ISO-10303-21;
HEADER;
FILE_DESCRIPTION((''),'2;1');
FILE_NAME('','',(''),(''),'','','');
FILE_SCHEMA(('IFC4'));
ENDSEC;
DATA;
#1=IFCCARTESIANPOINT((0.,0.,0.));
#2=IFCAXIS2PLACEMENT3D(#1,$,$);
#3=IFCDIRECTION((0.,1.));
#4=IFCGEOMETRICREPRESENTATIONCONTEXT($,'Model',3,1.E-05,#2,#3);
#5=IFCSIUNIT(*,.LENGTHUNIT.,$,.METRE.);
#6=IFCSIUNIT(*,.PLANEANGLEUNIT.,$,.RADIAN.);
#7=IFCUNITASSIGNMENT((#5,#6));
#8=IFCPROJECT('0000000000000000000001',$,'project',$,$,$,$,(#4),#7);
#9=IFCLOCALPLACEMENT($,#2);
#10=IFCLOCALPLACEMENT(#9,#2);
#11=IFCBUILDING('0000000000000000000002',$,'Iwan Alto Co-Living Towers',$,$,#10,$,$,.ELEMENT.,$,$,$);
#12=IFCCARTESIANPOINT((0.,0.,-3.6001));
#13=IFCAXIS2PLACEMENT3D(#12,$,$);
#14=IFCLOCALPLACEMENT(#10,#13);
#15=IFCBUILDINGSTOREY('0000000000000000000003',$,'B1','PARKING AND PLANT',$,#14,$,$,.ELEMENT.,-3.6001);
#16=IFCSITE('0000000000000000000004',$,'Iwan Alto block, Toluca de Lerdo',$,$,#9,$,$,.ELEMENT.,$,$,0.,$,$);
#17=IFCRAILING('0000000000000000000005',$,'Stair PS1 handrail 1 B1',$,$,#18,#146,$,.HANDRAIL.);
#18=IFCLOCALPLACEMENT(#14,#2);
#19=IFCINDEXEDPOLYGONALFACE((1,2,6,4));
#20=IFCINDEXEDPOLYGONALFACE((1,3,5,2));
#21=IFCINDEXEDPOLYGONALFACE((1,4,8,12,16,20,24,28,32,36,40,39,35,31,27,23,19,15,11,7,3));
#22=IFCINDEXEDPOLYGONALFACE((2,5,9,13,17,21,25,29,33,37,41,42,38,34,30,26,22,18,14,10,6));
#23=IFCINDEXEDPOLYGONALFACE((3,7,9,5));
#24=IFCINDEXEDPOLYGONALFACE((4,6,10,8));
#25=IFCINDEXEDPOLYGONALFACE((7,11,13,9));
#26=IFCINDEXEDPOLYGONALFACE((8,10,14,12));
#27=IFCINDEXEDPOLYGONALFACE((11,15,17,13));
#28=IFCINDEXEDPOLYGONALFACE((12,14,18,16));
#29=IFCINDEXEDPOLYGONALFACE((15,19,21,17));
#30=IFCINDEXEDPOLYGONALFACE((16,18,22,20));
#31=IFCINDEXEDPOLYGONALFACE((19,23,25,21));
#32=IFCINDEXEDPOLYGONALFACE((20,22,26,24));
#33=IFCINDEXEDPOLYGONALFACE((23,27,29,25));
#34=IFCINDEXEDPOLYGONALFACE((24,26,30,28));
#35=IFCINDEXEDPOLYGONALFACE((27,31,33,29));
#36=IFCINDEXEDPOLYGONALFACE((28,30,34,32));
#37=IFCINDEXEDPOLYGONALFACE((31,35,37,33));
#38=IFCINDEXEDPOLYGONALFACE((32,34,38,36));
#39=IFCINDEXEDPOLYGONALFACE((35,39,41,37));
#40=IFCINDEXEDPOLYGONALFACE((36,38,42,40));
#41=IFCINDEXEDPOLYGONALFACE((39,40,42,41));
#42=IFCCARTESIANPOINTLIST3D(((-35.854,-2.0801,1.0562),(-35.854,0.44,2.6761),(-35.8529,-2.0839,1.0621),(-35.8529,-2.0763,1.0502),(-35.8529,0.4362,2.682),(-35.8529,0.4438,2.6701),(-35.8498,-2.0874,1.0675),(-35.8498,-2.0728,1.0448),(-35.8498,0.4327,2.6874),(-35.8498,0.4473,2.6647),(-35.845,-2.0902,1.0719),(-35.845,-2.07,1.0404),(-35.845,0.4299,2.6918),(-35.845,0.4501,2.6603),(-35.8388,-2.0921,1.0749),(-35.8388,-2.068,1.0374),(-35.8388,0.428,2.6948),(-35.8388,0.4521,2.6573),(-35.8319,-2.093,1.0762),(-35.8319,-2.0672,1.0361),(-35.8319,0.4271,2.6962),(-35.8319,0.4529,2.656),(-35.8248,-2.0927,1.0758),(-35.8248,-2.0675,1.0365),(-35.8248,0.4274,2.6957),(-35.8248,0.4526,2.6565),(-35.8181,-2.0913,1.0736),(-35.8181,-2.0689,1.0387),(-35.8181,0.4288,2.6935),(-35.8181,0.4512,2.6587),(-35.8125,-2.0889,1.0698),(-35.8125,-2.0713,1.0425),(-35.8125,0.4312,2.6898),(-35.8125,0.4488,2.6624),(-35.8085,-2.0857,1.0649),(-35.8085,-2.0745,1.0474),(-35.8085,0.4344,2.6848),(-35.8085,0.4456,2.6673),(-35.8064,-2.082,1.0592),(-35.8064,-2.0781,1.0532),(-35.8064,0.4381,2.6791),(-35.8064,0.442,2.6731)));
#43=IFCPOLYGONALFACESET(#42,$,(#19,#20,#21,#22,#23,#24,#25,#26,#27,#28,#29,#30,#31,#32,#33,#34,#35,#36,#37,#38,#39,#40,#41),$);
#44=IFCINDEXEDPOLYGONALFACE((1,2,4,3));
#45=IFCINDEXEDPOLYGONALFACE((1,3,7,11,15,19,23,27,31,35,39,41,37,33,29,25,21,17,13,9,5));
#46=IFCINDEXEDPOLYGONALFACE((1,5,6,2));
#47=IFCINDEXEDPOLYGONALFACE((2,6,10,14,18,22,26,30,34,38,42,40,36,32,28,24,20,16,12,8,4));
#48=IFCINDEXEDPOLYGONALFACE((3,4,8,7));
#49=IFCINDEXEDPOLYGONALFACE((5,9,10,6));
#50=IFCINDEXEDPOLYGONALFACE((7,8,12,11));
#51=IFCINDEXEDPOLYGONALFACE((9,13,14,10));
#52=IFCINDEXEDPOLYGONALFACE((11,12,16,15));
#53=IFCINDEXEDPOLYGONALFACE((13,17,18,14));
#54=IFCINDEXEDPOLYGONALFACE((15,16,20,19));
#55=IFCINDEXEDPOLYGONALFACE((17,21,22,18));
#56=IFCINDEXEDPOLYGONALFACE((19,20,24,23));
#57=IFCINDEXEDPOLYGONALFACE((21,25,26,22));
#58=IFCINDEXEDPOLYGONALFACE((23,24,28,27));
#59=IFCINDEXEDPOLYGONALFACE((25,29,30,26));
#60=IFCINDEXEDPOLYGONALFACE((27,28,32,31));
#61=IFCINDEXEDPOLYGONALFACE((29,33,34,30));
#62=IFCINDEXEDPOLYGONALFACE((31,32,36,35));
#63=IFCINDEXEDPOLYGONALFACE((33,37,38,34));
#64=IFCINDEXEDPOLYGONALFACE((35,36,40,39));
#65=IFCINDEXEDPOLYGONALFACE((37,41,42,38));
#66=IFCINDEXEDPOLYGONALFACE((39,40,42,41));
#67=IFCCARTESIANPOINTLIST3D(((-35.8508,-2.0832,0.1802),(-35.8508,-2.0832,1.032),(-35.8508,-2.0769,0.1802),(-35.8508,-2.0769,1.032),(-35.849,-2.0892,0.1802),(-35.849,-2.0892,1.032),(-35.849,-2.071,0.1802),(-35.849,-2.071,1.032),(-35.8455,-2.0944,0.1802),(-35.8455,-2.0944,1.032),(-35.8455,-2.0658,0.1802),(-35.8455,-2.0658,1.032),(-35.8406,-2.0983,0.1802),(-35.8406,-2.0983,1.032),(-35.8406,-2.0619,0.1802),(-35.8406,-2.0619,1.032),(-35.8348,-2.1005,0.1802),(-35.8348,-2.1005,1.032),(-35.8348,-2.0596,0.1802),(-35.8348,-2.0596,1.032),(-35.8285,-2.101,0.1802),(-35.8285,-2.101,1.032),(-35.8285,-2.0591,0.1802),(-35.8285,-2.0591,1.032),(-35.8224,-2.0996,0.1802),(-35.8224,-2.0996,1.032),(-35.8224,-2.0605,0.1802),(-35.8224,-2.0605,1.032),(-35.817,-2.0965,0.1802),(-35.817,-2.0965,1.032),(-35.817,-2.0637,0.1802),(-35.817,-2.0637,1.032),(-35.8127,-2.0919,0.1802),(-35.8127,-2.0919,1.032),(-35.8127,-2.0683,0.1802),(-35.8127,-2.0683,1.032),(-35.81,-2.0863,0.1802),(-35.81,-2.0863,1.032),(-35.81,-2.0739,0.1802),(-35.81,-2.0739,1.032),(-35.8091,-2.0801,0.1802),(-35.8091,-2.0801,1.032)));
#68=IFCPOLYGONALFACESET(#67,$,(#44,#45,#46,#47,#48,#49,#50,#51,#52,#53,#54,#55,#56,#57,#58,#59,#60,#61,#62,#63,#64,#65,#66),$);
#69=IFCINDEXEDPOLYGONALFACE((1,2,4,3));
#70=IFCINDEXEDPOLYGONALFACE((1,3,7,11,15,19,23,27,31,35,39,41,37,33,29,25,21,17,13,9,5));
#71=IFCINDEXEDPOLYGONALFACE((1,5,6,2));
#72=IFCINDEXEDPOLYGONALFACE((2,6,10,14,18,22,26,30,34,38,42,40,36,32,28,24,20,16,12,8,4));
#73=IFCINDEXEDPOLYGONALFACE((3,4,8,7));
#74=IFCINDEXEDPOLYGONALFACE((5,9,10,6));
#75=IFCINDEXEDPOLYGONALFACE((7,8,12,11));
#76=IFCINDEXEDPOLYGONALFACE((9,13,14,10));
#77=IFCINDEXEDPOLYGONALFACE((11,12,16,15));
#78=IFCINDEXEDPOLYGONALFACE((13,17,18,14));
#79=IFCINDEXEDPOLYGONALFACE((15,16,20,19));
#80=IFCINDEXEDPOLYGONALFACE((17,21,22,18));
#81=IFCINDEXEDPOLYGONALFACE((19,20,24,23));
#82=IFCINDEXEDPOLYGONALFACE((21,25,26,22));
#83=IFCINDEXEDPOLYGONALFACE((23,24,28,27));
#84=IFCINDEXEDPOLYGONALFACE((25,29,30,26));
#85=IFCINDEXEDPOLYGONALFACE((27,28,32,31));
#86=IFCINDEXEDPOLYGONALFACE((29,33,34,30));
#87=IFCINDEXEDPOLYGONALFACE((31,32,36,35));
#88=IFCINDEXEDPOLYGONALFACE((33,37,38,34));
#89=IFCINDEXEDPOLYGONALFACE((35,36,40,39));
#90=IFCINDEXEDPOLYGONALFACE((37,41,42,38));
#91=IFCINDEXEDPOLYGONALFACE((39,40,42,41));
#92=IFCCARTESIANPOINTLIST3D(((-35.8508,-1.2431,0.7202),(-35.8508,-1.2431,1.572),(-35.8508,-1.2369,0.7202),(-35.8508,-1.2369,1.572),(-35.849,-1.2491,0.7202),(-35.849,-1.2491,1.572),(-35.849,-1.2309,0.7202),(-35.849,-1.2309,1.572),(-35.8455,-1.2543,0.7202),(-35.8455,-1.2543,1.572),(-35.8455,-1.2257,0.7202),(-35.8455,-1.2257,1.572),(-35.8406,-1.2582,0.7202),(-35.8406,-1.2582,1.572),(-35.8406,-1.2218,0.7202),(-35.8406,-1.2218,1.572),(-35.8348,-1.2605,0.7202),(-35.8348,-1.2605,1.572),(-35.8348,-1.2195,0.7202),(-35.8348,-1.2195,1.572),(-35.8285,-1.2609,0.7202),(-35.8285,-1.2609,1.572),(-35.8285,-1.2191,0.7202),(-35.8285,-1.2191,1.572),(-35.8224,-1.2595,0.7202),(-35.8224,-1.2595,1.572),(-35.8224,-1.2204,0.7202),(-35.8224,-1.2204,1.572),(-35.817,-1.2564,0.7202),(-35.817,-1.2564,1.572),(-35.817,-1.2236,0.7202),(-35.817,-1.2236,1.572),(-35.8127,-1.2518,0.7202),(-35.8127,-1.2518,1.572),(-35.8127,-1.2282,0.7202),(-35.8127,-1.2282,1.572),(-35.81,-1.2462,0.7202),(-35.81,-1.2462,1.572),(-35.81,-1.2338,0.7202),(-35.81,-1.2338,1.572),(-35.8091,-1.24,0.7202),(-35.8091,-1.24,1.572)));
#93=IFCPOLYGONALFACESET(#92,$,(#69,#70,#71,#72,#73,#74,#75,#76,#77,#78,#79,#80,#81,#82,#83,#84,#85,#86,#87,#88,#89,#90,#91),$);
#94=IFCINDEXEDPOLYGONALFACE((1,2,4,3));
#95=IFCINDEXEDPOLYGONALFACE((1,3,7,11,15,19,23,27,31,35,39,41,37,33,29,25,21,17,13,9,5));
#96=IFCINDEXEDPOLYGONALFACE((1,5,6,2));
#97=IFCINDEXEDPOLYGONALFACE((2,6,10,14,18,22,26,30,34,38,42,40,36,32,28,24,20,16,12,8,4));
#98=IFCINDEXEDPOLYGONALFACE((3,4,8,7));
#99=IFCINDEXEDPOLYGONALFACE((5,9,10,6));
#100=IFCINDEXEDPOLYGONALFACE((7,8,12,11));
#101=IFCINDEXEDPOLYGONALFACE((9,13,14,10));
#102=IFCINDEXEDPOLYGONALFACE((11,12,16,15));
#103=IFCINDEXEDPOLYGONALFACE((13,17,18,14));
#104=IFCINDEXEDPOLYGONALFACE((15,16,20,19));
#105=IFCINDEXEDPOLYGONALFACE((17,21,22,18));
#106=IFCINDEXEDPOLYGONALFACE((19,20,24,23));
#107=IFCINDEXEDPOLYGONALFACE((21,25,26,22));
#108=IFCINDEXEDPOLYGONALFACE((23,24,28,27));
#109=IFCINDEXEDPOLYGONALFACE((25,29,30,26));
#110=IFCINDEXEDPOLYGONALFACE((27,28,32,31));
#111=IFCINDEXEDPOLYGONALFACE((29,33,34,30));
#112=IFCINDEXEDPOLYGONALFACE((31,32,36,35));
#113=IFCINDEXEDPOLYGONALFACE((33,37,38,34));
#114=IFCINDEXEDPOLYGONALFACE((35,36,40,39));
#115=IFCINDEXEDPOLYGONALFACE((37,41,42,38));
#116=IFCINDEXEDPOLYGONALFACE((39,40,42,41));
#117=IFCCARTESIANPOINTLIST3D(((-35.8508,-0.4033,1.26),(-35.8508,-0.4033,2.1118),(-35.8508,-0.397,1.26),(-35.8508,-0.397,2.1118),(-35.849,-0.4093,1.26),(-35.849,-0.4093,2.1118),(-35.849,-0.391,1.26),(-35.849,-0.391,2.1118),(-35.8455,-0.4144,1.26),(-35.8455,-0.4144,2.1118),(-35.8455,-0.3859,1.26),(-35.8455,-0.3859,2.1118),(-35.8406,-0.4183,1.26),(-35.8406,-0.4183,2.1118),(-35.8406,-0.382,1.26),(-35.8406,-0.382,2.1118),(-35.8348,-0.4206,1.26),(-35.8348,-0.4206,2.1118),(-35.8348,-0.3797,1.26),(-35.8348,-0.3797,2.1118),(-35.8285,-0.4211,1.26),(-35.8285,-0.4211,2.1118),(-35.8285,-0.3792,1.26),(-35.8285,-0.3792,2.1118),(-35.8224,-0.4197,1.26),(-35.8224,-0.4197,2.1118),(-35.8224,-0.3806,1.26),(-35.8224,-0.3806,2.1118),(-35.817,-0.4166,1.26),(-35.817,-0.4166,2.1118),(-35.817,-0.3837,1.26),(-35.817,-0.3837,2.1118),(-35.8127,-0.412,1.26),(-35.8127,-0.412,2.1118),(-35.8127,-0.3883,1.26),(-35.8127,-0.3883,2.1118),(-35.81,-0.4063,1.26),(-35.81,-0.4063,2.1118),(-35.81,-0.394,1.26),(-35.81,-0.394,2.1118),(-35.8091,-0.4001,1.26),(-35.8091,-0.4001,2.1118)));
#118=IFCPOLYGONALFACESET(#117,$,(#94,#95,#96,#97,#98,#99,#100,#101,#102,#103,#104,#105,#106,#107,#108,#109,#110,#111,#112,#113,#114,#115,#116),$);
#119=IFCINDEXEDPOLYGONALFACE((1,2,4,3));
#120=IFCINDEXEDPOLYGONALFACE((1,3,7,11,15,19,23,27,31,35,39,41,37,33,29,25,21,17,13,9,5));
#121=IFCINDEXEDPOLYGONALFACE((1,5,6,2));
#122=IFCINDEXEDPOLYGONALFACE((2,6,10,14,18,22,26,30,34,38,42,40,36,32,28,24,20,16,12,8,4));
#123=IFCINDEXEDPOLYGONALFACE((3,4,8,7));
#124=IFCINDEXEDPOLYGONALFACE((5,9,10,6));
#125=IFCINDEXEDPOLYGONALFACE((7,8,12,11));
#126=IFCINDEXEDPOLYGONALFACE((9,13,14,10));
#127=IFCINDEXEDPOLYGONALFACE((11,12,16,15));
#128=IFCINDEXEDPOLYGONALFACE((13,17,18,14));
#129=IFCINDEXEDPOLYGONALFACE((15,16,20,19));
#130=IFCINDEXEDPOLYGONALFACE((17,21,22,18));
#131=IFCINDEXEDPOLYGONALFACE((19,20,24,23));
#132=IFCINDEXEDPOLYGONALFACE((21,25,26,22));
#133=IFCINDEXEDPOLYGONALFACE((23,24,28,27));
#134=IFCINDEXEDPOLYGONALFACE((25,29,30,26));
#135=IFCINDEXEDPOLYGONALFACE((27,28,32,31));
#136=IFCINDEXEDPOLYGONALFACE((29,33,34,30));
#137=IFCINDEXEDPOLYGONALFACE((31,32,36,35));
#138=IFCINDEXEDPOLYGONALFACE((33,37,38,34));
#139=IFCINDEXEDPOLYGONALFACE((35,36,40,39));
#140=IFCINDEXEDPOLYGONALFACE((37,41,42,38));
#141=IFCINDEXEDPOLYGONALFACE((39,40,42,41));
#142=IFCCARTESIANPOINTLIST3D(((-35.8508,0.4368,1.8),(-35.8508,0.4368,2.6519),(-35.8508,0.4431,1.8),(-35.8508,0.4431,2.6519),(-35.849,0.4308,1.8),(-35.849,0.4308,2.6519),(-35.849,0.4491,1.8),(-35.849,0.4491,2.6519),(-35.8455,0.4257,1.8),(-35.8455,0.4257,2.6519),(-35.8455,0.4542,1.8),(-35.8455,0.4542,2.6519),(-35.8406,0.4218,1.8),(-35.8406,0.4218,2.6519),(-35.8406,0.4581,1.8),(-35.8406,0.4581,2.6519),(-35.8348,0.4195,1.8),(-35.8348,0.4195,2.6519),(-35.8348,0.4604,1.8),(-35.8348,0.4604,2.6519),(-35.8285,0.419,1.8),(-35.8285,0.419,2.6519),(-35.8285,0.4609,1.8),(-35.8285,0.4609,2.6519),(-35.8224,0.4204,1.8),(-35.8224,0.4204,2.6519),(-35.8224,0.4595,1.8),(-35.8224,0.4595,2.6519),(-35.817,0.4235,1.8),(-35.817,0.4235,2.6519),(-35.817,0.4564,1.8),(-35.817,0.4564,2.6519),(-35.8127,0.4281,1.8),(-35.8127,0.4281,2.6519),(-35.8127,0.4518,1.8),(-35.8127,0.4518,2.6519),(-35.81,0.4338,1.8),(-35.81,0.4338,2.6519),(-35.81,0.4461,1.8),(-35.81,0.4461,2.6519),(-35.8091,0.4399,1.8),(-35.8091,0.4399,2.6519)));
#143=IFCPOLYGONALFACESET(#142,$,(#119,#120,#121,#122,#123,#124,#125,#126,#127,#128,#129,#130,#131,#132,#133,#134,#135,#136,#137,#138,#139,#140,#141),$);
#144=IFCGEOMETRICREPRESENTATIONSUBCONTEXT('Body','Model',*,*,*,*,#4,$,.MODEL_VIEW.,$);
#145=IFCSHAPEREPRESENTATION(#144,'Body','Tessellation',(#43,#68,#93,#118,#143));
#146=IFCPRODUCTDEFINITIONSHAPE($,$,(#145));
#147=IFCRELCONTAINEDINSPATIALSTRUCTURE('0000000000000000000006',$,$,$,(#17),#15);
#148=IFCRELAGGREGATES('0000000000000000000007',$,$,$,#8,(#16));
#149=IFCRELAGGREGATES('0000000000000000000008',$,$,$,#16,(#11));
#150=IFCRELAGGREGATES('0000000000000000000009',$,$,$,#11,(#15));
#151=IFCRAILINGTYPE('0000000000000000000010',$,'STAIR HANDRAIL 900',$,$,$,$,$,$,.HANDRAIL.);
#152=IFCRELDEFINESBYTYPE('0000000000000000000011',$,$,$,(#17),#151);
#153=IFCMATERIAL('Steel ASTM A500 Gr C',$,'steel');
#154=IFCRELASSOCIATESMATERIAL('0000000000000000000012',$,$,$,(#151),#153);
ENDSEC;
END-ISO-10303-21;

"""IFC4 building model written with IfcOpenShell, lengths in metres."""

from ifc_helpers import new_model, si_unit, direction, frame, origin, origin_2d, place, context, subcontext, project, spatial, circle, extrude, material, type_object, element, save


model = new_model("IFC4")

# Units and contexts
model_context = context("Model", 3, precision=1e-05, world=origin(), true_north=direction((0.0, 1.0)))
body_context = subcontext(model_context, "Body", "Model", "MODEL_VIEW")
ifc_project = project(units=[si_unit("LENGTHUNIT", "METRE"), si_unit("PLANEANGLEUNIT", "RADIAN")], contexts=[model_context])

# Site, building, storey
site_placement = place(None, origin())
site = spatial("IfcSite", under=ifc_project, at=site_placement, Name="Iwan Alto block, Toluca de Lerdo", CompositionType="ELEMENT", RefElevation=0.0)
building_placement = place(site_placement, origin())
building = spatial("IfcBuilding", under=site, at=building_placement, Name="Iwan Alto Co-Living Towers", CompositionType="ELEMENT")
storey_placement = place(building_placement, frame((0.0, 0.0, -3.6001)))
storey = spatial("IfcBuildingStorey", under=building, at=storey_placement, Name="B1", Description="PARKING AND PLANT", CompositionType="ELEMENT", Elevation=-3.6001)

# Railing
ifc_material_1 = material(Name="Steel ASTM A500 Gr C", Category="steel")
railing_type_1 = type_object("IfcRailingType", Name="STAIR HANDRAIL 900", PredefinedType="HANDRAIL", material=ifc_material_1)
railing_1_placement = place(storey_placement, frame((-35.8301, -2.0801, 0.1802)))
element("IfcRailing", 1, at=railing_1_placement, inside=storey, type_object=railing_type_1, Name="Stair PS1 handrail 1 B1", PredefinedType="HANDRAIL", context=body_context, shape_type="SweptSolid", body=[
    extrude(circle(Radius=0.0239, at=origin_2d()), frame((0.0, 0.0, 0.876), z_axis=(0.0, 0.8412, 0.540725), x_axis=(-1.0, 0.0, 0.0)), (0.0, 0.0, 1.0), 2.9958),
    extrude(circle(Radius=0.021, at=origin_2d()), origin(), (0.0, 0.0, 1.0), 0.8518),
    extrude(circle(Radius=0.021, at=origin_2d()), frame((0.0, 0.8401, 0.54)), (0.0, 0.0, 1.0), 0.8518),
    extrude(circle(Radius=0.021, at=origin_2d()), frame((0.0, 1.6799, 1.0798)), (0.0, 0.0, 1.0), 0.8518),
    extrude(circle(Radius=0.021, at=origin_2d()), frame((0.0, 2.52, 1.6199)), (0.0, 0.0, 1.0), 0.8518),
])

save(model, "model.ifc")
